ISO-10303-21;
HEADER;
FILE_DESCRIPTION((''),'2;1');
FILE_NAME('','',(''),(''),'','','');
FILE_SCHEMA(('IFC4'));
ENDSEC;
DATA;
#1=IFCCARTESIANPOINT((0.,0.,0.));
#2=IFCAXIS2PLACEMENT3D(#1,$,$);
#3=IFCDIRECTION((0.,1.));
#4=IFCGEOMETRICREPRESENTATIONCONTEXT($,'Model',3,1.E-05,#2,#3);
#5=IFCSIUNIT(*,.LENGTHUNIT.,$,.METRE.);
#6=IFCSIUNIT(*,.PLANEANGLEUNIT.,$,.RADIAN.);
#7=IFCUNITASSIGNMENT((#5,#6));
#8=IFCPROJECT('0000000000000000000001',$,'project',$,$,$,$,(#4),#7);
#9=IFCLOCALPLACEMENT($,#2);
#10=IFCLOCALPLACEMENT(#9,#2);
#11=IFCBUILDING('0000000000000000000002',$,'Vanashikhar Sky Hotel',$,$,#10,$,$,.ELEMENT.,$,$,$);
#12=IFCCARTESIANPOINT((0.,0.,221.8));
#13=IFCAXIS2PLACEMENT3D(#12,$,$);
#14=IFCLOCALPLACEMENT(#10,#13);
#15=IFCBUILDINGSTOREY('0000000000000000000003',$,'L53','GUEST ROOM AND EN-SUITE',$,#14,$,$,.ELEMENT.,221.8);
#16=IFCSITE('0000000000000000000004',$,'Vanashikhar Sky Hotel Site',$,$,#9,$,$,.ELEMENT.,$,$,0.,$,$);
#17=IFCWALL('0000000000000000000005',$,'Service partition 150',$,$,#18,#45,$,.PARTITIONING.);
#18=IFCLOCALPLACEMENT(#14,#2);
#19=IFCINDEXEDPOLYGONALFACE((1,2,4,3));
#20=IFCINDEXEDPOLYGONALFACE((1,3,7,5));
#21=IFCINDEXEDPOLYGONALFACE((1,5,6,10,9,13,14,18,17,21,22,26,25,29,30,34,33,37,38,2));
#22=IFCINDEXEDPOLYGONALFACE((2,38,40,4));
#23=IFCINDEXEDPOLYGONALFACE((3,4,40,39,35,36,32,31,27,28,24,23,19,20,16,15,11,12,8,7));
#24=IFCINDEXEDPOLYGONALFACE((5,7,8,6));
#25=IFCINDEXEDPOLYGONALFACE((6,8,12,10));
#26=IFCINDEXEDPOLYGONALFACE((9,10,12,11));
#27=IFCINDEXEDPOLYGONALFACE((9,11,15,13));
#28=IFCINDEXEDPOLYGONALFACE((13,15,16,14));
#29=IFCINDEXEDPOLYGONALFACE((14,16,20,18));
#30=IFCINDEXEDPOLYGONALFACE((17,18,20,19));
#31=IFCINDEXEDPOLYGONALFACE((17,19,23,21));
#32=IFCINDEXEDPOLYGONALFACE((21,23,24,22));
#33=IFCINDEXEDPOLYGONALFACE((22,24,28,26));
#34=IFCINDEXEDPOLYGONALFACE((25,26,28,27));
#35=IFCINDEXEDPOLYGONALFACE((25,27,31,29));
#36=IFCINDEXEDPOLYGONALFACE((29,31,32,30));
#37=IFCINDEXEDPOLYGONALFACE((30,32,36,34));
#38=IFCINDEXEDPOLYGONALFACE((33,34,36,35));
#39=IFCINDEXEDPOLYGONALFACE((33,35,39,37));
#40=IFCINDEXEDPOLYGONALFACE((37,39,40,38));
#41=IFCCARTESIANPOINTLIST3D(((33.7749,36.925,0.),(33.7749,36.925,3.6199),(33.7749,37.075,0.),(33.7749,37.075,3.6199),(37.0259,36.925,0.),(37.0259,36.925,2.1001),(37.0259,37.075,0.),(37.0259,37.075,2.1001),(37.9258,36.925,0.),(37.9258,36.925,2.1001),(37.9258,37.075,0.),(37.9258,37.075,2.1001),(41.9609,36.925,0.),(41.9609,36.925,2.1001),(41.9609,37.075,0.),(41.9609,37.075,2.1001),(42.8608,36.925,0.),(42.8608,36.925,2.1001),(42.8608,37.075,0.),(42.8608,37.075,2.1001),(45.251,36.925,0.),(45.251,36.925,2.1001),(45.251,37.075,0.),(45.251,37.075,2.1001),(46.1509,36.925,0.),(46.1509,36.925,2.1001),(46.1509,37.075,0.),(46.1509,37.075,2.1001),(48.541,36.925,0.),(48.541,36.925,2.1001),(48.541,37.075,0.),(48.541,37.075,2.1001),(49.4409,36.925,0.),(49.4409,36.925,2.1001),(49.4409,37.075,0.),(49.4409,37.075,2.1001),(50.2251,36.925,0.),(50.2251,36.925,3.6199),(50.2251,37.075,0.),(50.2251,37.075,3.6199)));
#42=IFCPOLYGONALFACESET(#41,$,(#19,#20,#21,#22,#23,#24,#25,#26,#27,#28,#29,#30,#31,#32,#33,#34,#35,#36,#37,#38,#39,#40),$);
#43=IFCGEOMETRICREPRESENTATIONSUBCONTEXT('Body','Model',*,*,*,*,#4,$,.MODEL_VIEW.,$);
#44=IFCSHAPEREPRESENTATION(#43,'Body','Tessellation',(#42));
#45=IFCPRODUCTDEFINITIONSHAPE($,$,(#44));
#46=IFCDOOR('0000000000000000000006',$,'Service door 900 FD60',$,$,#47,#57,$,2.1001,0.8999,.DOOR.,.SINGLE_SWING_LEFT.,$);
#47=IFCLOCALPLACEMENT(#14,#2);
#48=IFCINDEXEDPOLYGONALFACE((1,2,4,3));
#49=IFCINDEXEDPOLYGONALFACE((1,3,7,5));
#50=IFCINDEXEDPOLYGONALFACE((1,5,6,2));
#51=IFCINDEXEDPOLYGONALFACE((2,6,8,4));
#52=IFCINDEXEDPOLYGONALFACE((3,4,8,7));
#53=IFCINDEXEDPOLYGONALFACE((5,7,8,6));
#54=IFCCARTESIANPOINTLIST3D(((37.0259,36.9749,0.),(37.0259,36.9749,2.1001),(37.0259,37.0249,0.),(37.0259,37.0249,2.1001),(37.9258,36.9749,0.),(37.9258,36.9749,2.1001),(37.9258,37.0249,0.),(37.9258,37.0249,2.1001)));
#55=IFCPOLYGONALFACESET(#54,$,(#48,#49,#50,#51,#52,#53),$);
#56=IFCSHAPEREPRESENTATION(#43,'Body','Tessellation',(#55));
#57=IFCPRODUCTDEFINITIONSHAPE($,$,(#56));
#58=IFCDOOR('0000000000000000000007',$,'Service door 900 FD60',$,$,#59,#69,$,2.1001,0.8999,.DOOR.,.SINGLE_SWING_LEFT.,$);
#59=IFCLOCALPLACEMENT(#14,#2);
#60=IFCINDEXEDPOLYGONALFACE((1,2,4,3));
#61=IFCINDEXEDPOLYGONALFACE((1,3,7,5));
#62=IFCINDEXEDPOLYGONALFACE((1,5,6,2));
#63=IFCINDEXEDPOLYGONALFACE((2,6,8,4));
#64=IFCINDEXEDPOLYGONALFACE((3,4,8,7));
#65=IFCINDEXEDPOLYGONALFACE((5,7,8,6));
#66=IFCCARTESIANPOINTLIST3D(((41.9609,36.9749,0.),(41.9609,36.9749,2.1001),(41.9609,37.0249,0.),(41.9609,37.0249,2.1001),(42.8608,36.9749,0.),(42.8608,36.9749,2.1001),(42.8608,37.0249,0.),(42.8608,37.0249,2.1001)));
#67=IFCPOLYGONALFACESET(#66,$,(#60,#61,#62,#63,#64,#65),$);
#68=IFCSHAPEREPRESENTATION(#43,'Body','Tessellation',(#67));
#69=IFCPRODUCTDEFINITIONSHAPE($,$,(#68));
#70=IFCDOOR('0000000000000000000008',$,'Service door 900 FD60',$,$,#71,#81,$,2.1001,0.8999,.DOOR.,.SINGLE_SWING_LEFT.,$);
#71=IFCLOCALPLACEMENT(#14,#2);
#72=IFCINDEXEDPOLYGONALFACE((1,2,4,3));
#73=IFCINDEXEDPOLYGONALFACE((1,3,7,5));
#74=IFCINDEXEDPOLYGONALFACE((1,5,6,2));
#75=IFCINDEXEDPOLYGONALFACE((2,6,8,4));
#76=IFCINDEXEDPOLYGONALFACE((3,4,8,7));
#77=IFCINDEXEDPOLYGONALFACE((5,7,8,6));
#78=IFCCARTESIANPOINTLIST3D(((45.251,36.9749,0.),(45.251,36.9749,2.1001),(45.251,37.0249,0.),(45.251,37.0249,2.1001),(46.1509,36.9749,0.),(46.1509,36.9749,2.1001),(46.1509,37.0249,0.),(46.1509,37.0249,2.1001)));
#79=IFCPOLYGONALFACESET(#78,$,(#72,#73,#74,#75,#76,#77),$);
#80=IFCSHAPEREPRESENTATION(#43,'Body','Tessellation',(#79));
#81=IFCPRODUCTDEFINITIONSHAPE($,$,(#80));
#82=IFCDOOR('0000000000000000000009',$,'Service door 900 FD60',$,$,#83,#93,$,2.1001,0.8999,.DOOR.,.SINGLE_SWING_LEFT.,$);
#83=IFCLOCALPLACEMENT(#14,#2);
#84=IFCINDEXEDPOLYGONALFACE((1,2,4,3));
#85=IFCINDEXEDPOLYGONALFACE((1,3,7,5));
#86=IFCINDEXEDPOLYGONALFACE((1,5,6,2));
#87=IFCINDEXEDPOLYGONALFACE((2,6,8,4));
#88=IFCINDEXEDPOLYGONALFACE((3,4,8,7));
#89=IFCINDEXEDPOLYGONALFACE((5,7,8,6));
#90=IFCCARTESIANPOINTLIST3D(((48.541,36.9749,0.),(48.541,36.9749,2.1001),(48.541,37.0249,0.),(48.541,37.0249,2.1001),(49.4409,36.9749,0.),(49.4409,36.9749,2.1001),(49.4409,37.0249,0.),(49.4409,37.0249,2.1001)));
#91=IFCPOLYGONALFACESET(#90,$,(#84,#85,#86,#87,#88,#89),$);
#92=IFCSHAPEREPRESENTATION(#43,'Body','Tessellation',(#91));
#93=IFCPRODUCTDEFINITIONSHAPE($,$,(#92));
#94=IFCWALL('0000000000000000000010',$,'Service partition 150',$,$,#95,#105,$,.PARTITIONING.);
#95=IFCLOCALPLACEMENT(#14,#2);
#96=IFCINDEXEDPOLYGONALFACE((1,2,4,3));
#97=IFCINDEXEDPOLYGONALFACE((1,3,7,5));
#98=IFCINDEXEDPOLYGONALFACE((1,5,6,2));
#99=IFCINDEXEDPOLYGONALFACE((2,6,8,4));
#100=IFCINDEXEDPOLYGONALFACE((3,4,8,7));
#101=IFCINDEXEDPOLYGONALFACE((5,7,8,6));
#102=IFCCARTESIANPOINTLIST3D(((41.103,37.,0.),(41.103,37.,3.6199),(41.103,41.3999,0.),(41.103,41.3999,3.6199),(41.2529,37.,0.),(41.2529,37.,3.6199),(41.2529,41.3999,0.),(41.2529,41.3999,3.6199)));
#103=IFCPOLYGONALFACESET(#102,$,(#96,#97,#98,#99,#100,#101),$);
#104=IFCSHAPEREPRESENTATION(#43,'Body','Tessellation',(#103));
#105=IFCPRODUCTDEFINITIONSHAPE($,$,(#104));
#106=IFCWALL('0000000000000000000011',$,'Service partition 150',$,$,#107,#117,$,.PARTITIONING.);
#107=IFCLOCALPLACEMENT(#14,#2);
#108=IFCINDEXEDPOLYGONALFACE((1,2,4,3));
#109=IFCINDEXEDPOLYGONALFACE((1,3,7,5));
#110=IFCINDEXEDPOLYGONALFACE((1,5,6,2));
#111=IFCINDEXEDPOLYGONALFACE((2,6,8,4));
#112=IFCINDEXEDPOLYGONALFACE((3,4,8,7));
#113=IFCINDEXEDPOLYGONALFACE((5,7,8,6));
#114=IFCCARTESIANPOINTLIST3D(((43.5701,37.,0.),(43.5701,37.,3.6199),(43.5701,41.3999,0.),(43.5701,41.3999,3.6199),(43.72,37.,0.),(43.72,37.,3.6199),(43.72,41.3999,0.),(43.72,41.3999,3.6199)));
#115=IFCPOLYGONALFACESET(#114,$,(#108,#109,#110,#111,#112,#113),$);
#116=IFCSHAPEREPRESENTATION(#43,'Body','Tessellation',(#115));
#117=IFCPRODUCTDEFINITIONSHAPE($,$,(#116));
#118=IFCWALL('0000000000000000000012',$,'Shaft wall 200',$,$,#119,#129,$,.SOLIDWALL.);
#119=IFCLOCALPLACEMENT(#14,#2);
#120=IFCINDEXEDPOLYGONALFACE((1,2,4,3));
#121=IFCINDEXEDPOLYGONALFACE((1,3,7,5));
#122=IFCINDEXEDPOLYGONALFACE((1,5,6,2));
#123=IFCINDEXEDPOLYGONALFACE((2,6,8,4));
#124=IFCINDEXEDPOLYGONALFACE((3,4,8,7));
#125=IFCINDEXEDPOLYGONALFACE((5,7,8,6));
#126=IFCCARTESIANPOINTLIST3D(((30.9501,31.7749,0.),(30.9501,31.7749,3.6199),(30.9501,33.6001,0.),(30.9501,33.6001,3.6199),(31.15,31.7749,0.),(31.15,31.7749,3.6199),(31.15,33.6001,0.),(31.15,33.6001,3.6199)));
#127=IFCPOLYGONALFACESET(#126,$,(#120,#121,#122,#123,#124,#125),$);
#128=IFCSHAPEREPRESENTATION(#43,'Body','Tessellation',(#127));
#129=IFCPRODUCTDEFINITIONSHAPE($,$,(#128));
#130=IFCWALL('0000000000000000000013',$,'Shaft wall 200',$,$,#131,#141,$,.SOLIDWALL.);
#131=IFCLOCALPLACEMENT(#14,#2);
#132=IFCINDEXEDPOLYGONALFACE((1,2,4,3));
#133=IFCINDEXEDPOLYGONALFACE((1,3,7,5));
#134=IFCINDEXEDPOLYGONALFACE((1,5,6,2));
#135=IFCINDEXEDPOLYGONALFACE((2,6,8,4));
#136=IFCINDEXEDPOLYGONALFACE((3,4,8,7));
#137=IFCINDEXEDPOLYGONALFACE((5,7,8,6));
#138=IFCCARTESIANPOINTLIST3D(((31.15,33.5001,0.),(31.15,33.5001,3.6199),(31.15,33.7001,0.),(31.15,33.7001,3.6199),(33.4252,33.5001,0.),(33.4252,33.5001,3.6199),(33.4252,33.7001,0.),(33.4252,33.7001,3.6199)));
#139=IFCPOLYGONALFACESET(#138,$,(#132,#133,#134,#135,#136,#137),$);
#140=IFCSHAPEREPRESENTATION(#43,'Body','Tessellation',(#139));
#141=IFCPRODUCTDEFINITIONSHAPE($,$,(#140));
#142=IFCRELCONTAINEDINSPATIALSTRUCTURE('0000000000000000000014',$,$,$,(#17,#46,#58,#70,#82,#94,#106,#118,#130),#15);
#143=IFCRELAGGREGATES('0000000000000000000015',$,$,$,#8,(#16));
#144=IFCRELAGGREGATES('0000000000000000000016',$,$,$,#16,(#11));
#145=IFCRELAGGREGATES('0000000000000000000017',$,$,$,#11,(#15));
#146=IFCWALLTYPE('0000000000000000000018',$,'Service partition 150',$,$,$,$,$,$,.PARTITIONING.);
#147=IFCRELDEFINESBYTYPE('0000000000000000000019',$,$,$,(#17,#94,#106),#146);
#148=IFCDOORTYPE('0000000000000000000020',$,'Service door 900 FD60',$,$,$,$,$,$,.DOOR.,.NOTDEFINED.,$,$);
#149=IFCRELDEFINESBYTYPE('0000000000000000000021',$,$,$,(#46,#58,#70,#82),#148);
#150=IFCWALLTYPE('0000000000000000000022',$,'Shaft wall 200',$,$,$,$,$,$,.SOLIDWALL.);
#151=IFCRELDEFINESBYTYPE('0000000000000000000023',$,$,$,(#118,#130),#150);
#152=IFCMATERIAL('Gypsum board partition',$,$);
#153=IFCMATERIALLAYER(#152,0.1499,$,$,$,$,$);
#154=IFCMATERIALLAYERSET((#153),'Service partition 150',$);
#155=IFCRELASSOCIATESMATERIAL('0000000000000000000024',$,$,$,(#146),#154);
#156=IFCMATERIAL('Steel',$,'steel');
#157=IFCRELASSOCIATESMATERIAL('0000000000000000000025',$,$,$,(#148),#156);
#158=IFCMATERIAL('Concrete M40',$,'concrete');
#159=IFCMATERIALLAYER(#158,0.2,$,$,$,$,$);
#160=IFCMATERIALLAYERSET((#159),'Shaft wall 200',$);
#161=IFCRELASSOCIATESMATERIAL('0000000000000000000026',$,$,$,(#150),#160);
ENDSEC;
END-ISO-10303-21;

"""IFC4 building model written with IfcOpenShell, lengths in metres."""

from ifc_helpers import new_model, si_unit, direction, frame, frame_2d, origin, place, context, subcontext, project, spatial, rectangle, extrude, source, transform, mapped, material, layer, layer_set, type_object, element, fill, save


model = new_model("IFC4")

# Units and contexts
model_context = context("Model", 3, precision=1e-05, world=origin(), true_north=direction((0.0, 1.0)))
body_context = subcontext(model_context, "Body", "Model", "MODEL_VIEW")
ifc_project = project(units=[si_unit("LENGTHUNIT", "METRE"), si_unit("PLANEANGLEUNIT", "RADIAN")], contexts=[model_context])

# Site, building, storey
site_placement = place(None, origin())
site = spatial("IfcSite", under=ifc_project, at=site_placement, Name="Vanashikhar Sky Hotel Site", CompositionType="ELEMENT", RefElevation=0.0)
building_placement = place(site_placement, origin())
building = spatial("IfcBuilding", under=site, at=building_placement, Name="Vanashikhar Sky Hotel", CompositionType="ELEMENT")
storey_placement = place(building_placement, frame((0.0, 0.0, 221.8)))
storey = spatial("IfcBuildingStorey", under=building, at=storey_placement, Name="L53", Description="GUEST ROOM AND EN-SUITE", CompositionType="ELEMENT", Elevation=221.8)

# Shared definitions
ifc_material_1 = material(Name="Steel", Category="steel")

# Shared definitions
ifc_material_2 = material(Name="Gypsum board partition")
ifc_layer_1 = layer(ifc_material_2, 0.1499)
ifc_layer_set_1 = layer_set([ifc_layer_1], Name="Service partition 150")
wall_type_1 = type_object("IfcWallType", Name="Service partition 150", PredefinedType="PARTITIONING", material=ifc_layer_set_1)

# Wall, openings, doors
shared_shape_1 = source(origin(), body_context, "Body", "SweptSolid", [
    extrude(rectangle(XDim=0.8999, YDim=2.1001, at=frame_2d((0.45, 1.05))), frame((0.0, 0.085, 0.0), z_axis=(0.0, -1.0, 0.0), x_axis=(1.0, 0.0, 0.0)), (0.0, 0.0, 1.0), 0.1699),
])
door_type_1 = type_object("IfcDoorType", Name="Service door 900 FD60", OperationType="NOTDEFINED", PredefinedType="DOOR", material=ifc_material_1)
shared_shape_2 = source(origin(), body_context, "Body", "SweptSolid", [
    extrude(rectangle(XDim=0.8999, YDim=2.1001, at=frame_2d((0.45, 1.05))), frame((0.0, 0.0249, 0.0), z_axis=(0.0, -1.0, 0.0), x_axis=(1.0, 0.0, 0.0)), (0.0, 0.0, 1.0), 0.05),
])
shared_shape_3 = source(origin(), body_context, "Body", "SweptSolid", [
    extrude(rectangle(XDim=16.4502, YDim=0.1499, at=frame_2d((8.2251, 0.0))), origin(), (0.0, 0.0, 1.0), 3.6199),
])
wall_1_placement = place(storey_placement, frame((33.7749, 37.0, 0.0), z_axis=(0.0, 0.0, 1.0), x_axis=(1.0, 0.0, 0.0)))
wall_1 = element("IfcWall", 1, at=wall_1_placement, inside=storey, type_object=wall_type_1, Name="Service partition 150", PredefinedType="PARTITIONING", context=body_context, shape_type="MappedRepresentation", body=[
    mapped(shared_shape_3, transform((0.0, 0.0, 0.0), scale=1.0)),
])
opening_1_placement = place(wall_1_placement, frame((3.251, 0.0, 0.0)))
opening_1 = element("IfcOpeningElement", 2, at=opening_1_placement, cuts=wall_1, PredefinedType="OPENING", context=body_context, shape_type="MappedRepresentation", body=[
    mapped(shared_shape_1, transform((0.0, 0.0, 0.0), scale=1.0)),
])
opening_2_placement = place(wall_1_placement, frame((8.186, 0.0, 0.0)))
opening_2 = element("IfcOpeningElement", 3, at=opening_2_placement, cuts=wall_1, PredefinedType="OPENING", context=body_context, shape_type="MappedRepresentation", body=[
    mapped(shared_shape_1, transform((0.0, 0.0, 0.0), scale=1.0)),
])
opening_3_placement = place(wall_1_placement, frame((11.4761, 0.0, 0.0)))
opening_3 = element("IfcOpeningElement", 4, at=opening_3_placement, cuts=wall_1, PredefinedType="OPENING", context=body_context, shape_type="MappedRepresentation", body=[
    mapped(shared_shape_1, transform((0.0, 0.0, 0.0), scale=1.0)),
])
opening_4_placement = place(wall_1_placement, frame((14.7661, 0.0, 0.0)))
opening_4 = element("IfcOpeningElement", 5, at=opening_4_placement, cuts=wall_1, PredefinedType="OPENING", context=body_context, shape_type="MappedRepresentation", body=[
    mapped(shared_shape_1, transform((0.0, 0.0, 0.0), scale=1.0)),
])
door_1_placement = place(opening_1_placement, origin())
door_1 = element("IfcDoor", 6, at=door_1_placement, inside=storey, type_object=door_type_1, Name="Service door 900 FD60", OperationType="SINGLE_SWING_LEFT", OverallHeight=2.1001, OverallWidth=0.8999, PredefinedType="DOOR", context=body_context, shape_type="MappedRepresentation", body=[
    mapped(shared_shape_2, transform((0.0, 0.0, 0.0), scale=1.0)),
])
fill(opening_1, door_1)
door_2_placement = place(opening_2_placement, origin())
door_2 = element("IfcDoor", 7, at=door_2_placement, inside=storey, type_object=door_type_1, Name="Service door 900 FD60", OperationType="SINGLE_SWING_LEFT", OverallHeight=2.1001, OverallWidth=0.8999, PredefinedType="DOOR", context=body_context, shape_type="MappedRepresentation", body=[
    mapped(shared_shape_2, transform((0.0, 0.0, 0.0), scale=1.0)),
])
fill(opening_2, door_2)
door_3_placement = place(opening_3_placement, origin())
door_3 = element("IfcDoor", 8, at=door_3_placement, inside=storey, type_object=door_type_1, Name="Service door 900 FD60", OperationType="SINGLE_SWING_LEFT", OverallHeight=2.1001, OverallWidth=0.8999, PredefinedType="DOOR", context=body_context, shape_type="MappedRepresentation", body=[
    mapped(shared_shape_2, transform((0.0, 0.0, 0.0), scale=1.0)),
])
fill(opening_3, door_3)
door_4_placement = place(opening_4_placement, origin())
door_4 = element("IfcDoor", 9, at=door_4_placement, inside=storey, type_object=door_type_1, Name="Service door 900 FD60", OperationType="SINGLE_SWING_LEFT", OverallHeight=2.1001, OverallWidth=0.8999, PredefinedType="DOOR", context=body_context, shape_type="MappedRepresentation", body=[
    mapped(shared_shape_2, transform((0.0, 0.0, 0.0), scale=1.0)),
])
fill(opening_4, door_4)

# Walls
shared_shape_4 = source(origin(), body_context, "Body", "SweptSolid", [
    extrude(rectangle(XDim=4.3999, YDim=0.1499, at=frame_2d((2.2, 0.0))), origin(), (0.0, 0.0, 1.0), 3.6199),
])
for number, where, z_axis, x_axis, name in (
    (10, (41.178, 37.0, 0.0), (0.0, 0.0, 1.0), (0.0, 1.0, 0.0), "Service partition 150"),
    (11, (43.645, 37.0, 0.0), (0.0, 0.0, 1.0), (0.0, 1.0, 0.0), "Service partition 150"),
):
    element("IfcWall", number, at=place(storey_placement, frame(where, z_axis=z_axis, x_axis=x_axis)), inside=storey, type_object=wall_type_1, Name=name, PredefinedType="PARTITIONING", context=body_context, shape_type="MappedRepresentation", body=[
        mapped(shared_shape_4, transform((0.0, 0.0, 0.0), scale=1.0)),
    ])
ifc_material_3 = material(Name="Concrete M40", Category="concrete")
ifc_layer_2 = layer(ifc_material_3, 0.2)
ifc_layer_set_2 = layer_set([ifc_layer_2], Name="Shaft wall 200")
wall_type_2 = type_object("IfcWallType", Name="Shaft wall 200", PredefinedType="SOLIDWALL", material=ifc_layer_set_2)
shared_shape_5 = source(origin(), body_context, "Body", "SweptSolid", [
    extrude(rectangle(XDim=1.8252, YDim=0.2, at=frame_2d((0.9126, 0.0))), origin(), (0.0, 0.0, 1.0), 3.6199),
])
wall_2_placement = place(storey_placement, frame((31.05, 31.7749, 0.0), z_axis=(0.0, 0.0, 1.0), x_axis=(0.0, 1.0, 0.0)))
element("IfcWall", 12, at=wall_2_placement, inside=storey, type_object=wall_type_2, Name="Shaft wall 200", PredefinedType="SOLIDWALL", context=body_context, shape_type="MappedRepresentation", body=[
    mapped(shared_shape_5, transform((0.0, 0.0, 0.0), scale=1.0)),
])
shared_shape_6 = source(origin(), body_context, "Body", "SweptSolid", [
    extrude(rectangle(XDim=2.2751, YDim=0.2, at=frame_2d((1.1377, 0.0))), origin(), (0.0, 0.0, 1.0), 3.6199),
])
wall_3_placement = place(storey_placement, frame((31.1499, 33.6001, 0.0), z_axis=(0.0, 0.0, 1.0), x_axis=(1.0, 0.0, 0.0)))
element("IfcWall", 13, at=wall_3_placement, inside=storey, type_object=wall_type_2, Name="Shaft wall 200", PredefinedType="SOLIDWALL", context=body_context, shape_type="MappedRepresentation", body=[
    mapped(shared_shape_6, transform((0.0, 0.0, 0.0), scale=1.0)),
])

save(model, "model.ifc")
